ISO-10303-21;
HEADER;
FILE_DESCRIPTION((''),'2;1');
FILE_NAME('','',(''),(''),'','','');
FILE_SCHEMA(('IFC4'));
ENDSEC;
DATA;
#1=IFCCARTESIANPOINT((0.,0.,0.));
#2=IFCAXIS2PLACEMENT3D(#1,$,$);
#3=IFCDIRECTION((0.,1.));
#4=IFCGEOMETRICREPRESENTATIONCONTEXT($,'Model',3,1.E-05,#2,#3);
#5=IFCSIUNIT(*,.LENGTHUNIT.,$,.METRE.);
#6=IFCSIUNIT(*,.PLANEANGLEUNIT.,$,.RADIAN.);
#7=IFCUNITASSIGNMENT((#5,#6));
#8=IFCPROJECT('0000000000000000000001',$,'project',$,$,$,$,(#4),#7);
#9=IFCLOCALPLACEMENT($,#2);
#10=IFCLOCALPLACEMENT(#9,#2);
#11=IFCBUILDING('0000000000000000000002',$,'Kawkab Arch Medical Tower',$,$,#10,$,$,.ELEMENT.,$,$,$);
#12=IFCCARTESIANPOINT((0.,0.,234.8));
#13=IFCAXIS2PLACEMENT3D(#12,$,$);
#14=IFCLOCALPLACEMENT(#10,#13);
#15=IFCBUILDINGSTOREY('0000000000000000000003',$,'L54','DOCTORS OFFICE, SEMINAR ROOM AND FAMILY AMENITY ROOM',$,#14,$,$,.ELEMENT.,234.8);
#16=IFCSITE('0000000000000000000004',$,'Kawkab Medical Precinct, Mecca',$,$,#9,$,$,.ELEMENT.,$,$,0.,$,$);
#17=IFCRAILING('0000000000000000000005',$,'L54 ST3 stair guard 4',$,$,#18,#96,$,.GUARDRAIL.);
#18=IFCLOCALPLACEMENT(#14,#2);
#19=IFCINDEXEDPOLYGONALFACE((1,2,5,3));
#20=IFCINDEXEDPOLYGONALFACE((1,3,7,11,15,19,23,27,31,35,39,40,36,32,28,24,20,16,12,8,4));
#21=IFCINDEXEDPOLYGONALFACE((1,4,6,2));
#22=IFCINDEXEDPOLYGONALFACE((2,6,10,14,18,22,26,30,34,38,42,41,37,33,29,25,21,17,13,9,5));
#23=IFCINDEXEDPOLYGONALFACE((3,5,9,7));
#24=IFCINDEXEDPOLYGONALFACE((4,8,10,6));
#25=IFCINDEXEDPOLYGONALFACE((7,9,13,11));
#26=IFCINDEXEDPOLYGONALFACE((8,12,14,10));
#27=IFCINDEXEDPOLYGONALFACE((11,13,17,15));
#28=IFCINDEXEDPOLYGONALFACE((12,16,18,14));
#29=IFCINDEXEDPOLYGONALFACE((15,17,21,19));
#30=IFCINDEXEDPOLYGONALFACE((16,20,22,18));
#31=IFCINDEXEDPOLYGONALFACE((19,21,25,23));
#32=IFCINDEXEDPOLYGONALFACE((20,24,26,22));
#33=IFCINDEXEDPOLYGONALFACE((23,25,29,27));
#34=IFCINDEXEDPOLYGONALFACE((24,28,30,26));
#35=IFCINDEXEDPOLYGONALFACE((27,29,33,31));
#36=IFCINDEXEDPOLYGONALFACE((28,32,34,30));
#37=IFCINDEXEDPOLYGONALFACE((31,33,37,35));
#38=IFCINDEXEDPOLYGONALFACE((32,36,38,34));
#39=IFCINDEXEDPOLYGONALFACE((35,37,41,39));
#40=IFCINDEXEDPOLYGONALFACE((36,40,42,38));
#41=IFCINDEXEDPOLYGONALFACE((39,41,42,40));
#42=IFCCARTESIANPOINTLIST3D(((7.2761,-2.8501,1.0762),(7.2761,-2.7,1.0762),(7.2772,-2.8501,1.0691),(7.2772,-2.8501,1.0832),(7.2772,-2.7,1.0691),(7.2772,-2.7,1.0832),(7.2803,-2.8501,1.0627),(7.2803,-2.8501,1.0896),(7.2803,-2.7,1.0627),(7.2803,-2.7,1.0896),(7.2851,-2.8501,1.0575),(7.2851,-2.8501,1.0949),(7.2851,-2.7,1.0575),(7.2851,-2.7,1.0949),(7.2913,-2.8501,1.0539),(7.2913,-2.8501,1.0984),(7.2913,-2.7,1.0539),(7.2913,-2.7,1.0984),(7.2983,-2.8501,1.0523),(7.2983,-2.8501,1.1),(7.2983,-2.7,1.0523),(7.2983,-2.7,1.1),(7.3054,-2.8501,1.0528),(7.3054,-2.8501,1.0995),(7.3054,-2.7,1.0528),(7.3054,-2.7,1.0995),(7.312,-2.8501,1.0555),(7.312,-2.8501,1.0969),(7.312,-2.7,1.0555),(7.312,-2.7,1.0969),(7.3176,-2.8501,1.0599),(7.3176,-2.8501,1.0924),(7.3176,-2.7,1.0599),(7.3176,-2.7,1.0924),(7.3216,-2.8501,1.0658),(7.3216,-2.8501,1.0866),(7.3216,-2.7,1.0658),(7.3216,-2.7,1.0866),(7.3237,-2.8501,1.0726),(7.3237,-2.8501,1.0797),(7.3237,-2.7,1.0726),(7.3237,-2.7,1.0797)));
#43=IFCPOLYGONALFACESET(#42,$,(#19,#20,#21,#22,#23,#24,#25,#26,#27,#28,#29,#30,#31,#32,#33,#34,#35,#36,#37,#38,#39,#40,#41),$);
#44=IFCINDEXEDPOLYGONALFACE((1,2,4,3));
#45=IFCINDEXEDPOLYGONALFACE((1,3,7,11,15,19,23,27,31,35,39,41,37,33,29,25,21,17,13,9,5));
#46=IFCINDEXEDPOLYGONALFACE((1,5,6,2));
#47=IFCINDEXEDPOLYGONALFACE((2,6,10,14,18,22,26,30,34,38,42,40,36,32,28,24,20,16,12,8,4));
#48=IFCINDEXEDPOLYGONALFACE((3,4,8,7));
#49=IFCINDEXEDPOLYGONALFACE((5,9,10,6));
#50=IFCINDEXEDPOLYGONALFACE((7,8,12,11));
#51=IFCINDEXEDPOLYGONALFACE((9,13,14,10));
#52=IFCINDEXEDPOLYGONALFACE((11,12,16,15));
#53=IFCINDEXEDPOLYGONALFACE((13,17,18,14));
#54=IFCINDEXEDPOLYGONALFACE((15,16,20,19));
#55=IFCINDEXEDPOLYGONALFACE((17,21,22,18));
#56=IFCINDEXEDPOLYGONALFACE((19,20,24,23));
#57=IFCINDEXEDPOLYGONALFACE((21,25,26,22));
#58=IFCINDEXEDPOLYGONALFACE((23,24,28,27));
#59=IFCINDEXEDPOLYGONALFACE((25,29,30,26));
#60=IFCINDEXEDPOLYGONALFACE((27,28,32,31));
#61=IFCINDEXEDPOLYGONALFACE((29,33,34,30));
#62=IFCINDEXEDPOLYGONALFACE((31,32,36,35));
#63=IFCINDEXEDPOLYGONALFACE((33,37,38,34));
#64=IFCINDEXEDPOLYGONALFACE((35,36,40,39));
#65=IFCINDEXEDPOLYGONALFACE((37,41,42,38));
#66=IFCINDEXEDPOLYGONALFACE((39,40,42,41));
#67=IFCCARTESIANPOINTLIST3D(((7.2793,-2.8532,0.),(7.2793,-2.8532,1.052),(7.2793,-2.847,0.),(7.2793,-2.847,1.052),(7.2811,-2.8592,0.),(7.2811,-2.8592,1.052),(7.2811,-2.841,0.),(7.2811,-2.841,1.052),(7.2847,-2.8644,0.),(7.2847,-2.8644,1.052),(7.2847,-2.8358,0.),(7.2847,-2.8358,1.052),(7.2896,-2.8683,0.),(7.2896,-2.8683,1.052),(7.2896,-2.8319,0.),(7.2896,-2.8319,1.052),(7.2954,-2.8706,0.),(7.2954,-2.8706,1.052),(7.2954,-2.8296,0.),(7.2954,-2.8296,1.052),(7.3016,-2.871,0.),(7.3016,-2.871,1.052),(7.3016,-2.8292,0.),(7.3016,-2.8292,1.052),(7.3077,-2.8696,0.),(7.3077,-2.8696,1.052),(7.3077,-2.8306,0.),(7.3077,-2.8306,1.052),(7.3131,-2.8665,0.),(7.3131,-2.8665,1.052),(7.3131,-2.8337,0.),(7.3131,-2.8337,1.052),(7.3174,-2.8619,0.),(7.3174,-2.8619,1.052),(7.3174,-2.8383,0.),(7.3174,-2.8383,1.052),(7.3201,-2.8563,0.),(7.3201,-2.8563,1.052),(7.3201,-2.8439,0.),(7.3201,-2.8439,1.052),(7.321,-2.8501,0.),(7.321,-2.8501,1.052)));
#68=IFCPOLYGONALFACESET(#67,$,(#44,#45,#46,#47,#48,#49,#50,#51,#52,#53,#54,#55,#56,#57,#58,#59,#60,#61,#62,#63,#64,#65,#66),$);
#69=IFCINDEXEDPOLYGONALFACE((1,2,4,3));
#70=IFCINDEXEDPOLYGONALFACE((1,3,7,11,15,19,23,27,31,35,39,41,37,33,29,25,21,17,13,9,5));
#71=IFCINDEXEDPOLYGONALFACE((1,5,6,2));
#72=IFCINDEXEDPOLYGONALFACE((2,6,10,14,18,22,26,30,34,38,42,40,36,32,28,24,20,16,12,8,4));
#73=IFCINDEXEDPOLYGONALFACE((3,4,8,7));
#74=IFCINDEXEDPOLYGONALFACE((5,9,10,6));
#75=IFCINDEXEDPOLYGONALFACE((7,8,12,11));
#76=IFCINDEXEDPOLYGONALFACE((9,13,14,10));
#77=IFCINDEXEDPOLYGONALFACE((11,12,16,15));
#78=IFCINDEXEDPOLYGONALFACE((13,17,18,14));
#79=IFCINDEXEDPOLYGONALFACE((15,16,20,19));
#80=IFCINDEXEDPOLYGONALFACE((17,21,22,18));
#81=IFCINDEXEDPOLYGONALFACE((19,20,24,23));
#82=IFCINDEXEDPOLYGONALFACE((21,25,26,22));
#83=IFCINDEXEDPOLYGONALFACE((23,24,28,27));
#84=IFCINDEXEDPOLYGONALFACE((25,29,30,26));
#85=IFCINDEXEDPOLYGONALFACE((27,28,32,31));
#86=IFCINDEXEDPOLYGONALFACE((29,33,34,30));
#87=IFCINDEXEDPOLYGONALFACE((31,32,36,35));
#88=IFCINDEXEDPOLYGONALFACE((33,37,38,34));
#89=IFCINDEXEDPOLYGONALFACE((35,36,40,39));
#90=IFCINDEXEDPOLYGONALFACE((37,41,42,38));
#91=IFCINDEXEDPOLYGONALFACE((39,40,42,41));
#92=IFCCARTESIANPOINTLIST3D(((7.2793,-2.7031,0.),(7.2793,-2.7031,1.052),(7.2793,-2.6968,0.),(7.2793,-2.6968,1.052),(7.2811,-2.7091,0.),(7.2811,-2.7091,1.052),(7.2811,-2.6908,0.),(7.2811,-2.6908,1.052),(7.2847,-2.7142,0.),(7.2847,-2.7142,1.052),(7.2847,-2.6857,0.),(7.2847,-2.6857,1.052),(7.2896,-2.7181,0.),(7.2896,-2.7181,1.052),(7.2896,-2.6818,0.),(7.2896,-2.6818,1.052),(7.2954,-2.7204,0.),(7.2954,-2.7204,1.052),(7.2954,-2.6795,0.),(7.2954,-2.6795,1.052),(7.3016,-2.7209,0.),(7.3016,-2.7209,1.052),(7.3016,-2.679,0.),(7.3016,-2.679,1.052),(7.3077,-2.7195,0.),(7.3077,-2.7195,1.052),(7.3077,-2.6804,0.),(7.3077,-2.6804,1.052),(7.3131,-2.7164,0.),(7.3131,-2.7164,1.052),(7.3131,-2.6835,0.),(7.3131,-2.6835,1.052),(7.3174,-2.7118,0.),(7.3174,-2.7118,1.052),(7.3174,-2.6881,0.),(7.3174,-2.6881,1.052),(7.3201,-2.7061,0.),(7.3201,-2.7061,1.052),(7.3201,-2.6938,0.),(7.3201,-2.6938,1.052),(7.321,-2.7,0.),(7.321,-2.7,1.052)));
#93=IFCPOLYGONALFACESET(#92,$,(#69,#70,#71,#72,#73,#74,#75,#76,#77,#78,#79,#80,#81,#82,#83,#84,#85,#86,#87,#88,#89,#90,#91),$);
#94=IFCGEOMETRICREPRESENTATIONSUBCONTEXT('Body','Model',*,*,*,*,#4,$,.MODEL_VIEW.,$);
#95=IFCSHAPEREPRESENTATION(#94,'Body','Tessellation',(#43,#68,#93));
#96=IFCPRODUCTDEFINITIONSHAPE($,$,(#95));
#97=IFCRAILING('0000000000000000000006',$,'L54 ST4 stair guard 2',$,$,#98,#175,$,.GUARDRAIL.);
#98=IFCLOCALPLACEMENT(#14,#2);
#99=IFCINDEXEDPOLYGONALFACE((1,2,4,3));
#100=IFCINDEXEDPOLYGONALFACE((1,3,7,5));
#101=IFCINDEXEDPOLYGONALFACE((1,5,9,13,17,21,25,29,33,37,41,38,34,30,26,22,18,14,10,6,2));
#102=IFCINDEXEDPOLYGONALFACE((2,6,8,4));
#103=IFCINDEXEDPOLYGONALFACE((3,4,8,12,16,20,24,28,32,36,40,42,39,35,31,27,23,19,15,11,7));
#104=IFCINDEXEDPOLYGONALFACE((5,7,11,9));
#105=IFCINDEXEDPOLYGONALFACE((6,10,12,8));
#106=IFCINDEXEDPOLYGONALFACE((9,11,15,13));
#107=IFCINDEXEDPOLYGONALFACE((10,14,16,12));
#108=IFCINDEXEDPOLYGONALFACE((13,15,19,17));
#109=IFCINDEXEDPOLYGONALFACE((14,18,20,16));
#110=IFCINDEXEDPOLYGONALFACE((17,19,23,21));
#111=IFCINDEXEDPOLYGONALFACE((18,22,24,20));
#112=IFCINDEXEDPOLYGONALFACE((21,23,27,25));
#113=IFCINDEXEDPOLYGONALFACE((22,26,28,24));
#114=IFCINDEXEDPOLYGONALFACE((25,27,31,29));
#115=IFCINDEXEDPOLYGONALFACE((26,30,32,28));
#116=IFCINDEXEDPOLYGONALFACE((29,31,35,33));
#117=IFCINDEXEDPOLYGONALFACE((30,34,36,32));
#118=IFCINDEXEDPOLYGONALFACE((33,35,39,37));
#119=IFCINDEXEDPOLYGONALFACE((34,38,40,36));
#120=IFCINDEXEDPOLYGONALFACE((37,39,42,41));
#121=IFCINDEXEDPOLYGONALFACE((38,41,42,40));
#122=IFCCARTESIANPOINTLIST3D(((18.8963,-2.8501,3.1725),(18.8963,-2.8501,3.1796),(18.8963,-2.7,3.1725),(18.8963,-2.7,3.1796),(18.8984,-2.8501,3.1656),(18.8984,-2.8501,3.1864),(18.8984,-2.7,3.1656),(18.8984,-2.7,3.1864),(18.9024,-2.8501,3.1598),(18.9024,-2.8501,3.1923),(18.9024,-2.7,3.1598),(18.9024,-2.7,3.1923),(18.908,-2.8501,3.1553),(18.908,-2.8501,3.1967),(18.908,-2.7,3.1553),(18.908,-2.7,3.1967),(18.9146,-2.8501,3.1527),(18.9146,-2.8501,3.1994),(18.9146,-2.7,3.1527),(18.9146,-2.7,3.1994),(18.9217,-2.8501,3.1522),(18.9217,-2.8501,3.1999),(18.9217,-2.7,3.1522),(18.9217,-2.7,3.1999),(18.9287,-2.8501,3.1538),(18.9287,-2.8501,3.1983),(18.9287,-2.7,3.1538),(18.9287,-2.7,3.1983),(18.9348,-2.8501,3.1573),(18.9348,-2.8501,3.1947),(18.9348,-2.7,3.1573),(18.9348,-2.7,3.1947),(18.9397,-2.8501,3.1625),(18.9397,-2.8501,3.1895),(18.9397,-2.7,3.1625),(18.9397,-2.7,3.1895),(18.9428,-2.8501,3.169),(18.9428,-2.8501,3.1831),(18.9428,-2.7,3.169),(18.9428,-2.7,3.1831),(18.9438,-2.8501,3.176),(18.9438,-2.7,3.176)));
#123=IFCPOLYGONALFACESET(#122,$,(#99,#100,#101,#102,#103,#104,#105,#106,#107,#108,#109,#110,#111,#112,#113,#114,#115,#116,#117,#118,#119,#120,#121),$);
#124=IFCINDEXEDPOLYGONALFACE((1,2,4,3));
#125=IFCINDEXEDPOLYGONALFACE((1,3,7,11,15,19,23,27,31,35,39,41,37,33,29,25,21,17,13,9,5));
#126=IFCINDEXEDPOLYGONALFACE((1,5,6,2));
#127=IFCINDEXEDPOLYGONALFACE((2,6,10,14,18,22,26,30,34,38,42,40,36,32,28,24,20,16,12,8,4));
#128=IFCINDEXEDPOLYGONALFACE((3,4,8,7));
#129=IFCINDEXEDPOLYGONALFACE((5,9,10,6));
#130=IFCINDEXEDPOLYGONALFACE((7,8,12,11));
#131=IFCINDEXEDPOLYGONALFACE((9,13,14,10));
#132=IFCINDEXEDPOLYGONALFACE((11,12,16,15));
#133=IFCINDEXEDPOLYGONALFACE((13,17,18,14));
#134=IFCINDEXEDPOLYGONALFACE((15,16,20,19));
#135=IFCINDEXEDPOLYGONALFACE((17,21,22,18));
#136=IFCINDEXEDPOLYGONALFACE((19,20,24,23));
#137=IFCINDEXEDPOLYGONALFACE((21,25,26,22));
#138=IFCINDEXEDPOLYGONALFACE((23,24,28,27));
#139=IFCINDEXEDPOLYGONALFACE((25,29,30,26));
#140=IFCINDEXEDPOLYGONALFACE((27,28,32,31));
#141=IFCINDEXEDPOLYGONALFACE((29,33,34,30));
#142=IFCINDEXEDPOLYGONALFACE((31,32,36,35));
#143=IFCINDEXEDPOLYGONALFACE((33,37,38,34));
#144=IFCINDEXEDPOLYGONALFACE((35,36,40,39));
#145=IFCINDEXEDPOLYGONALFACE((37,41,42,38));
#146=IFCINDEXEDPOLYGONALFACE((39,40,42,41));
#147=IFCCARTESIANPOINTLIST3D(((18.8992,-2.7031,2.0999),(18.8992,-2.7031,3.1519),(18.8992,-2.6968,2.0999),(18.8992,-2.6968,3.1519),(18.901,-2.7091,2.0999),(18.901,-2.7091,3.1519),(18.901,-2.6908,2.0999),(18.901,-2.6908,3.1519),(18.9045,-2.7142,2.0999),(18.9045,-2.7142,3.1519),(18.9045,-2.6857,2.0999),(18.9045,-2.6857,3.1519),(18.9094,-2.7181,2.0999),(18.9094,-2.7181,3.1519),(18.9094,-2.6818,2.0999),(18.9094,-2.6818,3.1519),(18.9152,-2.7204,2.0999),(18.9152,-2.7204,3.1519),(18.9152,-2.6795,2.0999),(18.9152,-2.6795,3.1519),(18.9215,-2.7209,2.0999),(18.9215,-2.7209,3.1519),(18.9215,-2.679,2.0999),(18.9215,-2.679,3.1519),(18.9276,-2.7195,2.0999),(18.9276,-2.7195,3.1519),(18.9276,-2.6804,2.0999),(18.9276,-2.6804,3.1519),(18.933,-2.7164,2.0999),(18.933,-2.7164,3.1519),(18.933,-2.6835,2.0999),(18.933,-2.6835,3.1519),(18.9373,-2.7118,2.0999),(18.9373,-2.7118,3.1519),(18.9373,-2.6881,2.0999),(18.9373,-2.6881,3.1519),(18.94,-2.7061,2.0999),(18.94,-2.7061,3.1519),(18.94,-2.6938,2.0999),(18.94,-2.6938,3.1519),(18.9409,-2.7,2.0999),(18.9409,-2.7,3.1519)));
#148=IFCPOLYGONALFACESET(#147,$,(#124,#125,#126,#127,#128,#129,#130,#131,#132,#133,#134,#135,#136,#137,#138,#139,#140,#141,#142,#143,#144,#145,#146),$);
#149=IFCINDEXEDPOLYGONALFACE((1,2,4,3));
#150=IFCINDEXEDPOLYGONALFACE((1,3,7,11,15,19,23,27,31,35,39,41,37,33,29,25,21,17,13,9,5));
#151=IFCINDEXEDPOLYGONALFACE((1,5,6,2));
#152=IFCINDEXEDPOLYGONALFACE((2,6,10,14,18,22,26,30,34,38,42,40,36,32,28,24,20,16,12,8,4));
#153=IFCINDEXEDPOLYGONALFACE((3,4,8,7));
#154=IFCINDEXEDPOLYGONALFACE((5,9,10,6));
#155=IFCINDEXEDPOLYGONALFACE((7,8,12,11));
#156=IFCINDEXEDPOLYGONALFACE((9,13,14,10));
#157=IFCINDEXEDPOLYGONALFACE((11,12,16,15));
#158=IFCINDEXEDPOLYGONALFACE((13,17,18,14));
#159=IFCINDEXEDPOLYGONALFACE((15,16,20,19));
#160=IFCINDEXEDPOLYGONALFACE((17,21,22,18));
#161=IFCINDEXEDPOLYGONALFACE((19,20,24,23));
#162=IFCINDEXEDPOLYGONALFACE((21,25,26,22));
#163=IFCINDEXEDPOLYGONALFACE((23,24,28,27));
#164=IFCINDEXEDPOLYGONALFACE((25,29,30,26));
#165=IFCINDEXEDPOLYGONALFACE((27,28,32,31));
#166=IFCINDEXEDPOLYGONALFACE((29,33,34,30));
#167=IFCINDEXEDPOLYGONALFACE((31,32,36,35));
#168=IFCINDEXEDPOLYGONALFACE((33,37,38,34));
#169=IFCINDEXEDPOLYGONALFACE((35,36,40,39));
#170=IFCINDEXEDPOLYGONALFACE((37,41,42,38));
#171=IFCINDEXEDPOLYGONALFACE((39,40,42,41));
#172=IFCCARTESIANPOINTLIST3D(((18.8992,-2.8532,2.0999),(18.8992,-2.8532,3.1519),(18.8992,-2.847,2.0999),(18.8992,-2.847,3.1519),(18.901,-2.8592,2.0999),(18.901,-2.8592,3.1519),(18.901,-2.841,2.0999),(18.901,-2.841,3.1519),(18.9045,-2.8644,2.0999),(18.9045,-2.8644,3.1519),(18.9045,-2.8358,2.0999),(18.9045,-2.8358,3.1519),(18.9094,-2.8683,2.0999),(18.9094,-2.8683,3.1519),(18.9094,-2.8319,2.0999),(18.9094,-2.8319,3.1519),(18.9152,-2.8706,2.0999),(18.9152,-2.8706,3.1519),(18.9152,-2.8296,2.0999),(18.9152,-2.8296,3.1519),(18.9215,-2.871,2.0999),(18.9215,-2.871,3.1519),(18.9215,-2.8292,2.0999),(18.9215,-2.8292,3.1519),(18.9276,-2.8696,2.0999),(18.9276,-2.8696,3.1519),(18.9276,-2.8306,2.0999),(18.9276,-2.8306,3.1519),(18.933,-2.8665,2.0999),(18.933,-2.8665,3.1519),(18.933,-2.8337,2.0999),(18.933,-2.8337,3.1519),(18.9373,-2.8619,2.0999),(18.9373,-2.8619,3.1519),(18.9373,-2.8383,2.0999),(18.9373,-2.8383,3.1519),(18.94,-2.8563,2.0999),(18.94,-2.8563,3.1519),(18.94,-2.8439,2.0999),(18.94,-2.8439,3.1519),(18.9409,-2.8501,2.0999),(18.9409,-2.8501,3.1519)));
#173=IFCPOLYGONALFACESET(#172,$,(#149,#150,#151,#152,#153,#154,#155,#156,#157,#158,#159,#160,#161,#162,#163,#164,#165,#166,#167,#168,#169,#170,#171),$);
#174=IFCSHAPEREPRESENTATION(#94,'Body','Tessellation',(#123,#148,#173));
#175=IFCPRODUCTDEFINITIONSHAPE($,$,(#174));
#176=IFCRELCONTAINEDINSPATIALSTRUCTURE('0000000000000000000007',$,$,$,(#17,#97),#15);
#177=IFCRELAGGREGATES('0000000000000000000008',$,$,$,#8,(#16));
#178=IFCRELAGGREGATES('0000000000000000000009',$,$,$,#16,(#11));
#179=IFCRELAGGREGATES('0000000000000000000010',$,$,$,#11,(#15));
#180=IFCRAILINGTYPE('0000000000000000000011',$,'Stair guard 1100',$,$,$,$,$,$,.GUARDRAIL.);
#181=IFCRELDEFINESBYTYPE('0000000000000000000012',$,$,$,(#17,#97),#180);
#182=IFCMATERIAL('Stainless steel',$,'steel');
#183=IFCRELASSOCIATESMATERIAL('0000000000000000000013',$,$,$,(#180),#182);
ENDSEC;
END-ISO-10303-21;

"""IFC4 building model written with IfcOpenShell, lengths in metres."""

from ifc_helpers import new_model, si_unit, direction, frame, origin, origin_2d, place, context, subcontext, project, spatial, circle, extrude, material, type_object, element, save


model = new_model("IFC4")

# Units and contexts
model_context = context("Model", 3, precision=1e-05, world=origin(), true_north=direction((0.0, 1.0)))
body_context = subcontext(model_context, "Body", "Model", "MODEL_VIEW")
ifc_project = project(units=[si_unit("LENGTHUNIT", "METRE"), si_unit("PLANEANGLEUNIT", "RADIAN")], contexts=[model_context])

# Site, building, storey
site_placement = place(None, origin())
site = spatial("IfcSite", under=ifc_project, at=site_placement, Name="Kawkab Medical Precinct, Mecca", CompositionType="ELEMENT", RefElevation=0.0)
building_placement = place(site_placement, origin())
building = spatial("IfcBuilding", under=site, at=building_placement, Name="Kawkab Arch Medical Tower", CompositionType="ELEMENT")
storey_placement = place(building_placement, frame((0.0, 0.0, 234.8)))
storey = spatial("IfcBuildingStorey", under=building, at=storey_placement, Name="L54", Description="DOCTORS OFFICE, SEMINAR ROOM AND FAMILY AMENITY ROOM", CompositionType="ELEMENT", Elevation=234.8)

# Railings
ifc_material_1 = material(Name="Stainless steel", Category="steel")
railing_type_1 = type_object("IfcRailingType", Name="Stair guard 1100", PredefinedType="GUARDRAIL", material=ifc_material_1)
railing_1_placement = place(storey_placement, frame((7.3, -2.8501, 0.0)))
element("IfcRailing", 1, at=railing_1_placement, inside=storey, type_object=railing_type_1, Name="L54 ST3 stair guard 4", PredefinedType="GUARDRAIL", context=body_context, shape_type="SweptSolid", body=[
    extrude(circle(Radius=0.0239, at=origin_2d()), frame((0.0, 0.0, 1.0762), z_axis=(0.0, 1.0, 0.0), x_axis=(-1.0, 0.0, 0.0)), (0.0, 0.0, 1.0), 0.1501),
    extrude(circle(Radius=0.021, at=origin_2d()), origin(), (0.0, 0.0, 1.0), 1.052),
    extrude(circle(Radius=0.021, at=origin_2d()), frame((0.0, 0.1501, 0.0)), (0.0, 0.0, 1.0), 1.052),
])
railing_2_placement = place(storey_placement, frame((18.9199, -2.7, 2.0999)))
element("IfcRailing", 2, at=railing_2_placement, inside=storey, type_object=railing_type_1, Name="L54 ST4 stair guard 2", PredefinedType="GUARDRAIL", context=body_context, shape_type="SweptSolid", body=[
    extrude(circle(Radius=0.0239, at=origin_2d()), frame((0.0, 0.0, 1.0762), z_axis=(0.0, -1.0, 0.0), x_axis=(1.0, 0.0, 0.0)), (0.0, 0.0, 1.0), 0.1501),
    extrude(circle(Radius=0.021, at=origin_2d()), origin(), (0.0, 0.0, 1.0), 1.052),
    extrude(circle(Radius=0.021, at=origin_2d()), frame((0.0, -0.1501, 0.0)), (0.0, 0.0, 1.0), 1.052),
])

save(model, "model.ifc")
